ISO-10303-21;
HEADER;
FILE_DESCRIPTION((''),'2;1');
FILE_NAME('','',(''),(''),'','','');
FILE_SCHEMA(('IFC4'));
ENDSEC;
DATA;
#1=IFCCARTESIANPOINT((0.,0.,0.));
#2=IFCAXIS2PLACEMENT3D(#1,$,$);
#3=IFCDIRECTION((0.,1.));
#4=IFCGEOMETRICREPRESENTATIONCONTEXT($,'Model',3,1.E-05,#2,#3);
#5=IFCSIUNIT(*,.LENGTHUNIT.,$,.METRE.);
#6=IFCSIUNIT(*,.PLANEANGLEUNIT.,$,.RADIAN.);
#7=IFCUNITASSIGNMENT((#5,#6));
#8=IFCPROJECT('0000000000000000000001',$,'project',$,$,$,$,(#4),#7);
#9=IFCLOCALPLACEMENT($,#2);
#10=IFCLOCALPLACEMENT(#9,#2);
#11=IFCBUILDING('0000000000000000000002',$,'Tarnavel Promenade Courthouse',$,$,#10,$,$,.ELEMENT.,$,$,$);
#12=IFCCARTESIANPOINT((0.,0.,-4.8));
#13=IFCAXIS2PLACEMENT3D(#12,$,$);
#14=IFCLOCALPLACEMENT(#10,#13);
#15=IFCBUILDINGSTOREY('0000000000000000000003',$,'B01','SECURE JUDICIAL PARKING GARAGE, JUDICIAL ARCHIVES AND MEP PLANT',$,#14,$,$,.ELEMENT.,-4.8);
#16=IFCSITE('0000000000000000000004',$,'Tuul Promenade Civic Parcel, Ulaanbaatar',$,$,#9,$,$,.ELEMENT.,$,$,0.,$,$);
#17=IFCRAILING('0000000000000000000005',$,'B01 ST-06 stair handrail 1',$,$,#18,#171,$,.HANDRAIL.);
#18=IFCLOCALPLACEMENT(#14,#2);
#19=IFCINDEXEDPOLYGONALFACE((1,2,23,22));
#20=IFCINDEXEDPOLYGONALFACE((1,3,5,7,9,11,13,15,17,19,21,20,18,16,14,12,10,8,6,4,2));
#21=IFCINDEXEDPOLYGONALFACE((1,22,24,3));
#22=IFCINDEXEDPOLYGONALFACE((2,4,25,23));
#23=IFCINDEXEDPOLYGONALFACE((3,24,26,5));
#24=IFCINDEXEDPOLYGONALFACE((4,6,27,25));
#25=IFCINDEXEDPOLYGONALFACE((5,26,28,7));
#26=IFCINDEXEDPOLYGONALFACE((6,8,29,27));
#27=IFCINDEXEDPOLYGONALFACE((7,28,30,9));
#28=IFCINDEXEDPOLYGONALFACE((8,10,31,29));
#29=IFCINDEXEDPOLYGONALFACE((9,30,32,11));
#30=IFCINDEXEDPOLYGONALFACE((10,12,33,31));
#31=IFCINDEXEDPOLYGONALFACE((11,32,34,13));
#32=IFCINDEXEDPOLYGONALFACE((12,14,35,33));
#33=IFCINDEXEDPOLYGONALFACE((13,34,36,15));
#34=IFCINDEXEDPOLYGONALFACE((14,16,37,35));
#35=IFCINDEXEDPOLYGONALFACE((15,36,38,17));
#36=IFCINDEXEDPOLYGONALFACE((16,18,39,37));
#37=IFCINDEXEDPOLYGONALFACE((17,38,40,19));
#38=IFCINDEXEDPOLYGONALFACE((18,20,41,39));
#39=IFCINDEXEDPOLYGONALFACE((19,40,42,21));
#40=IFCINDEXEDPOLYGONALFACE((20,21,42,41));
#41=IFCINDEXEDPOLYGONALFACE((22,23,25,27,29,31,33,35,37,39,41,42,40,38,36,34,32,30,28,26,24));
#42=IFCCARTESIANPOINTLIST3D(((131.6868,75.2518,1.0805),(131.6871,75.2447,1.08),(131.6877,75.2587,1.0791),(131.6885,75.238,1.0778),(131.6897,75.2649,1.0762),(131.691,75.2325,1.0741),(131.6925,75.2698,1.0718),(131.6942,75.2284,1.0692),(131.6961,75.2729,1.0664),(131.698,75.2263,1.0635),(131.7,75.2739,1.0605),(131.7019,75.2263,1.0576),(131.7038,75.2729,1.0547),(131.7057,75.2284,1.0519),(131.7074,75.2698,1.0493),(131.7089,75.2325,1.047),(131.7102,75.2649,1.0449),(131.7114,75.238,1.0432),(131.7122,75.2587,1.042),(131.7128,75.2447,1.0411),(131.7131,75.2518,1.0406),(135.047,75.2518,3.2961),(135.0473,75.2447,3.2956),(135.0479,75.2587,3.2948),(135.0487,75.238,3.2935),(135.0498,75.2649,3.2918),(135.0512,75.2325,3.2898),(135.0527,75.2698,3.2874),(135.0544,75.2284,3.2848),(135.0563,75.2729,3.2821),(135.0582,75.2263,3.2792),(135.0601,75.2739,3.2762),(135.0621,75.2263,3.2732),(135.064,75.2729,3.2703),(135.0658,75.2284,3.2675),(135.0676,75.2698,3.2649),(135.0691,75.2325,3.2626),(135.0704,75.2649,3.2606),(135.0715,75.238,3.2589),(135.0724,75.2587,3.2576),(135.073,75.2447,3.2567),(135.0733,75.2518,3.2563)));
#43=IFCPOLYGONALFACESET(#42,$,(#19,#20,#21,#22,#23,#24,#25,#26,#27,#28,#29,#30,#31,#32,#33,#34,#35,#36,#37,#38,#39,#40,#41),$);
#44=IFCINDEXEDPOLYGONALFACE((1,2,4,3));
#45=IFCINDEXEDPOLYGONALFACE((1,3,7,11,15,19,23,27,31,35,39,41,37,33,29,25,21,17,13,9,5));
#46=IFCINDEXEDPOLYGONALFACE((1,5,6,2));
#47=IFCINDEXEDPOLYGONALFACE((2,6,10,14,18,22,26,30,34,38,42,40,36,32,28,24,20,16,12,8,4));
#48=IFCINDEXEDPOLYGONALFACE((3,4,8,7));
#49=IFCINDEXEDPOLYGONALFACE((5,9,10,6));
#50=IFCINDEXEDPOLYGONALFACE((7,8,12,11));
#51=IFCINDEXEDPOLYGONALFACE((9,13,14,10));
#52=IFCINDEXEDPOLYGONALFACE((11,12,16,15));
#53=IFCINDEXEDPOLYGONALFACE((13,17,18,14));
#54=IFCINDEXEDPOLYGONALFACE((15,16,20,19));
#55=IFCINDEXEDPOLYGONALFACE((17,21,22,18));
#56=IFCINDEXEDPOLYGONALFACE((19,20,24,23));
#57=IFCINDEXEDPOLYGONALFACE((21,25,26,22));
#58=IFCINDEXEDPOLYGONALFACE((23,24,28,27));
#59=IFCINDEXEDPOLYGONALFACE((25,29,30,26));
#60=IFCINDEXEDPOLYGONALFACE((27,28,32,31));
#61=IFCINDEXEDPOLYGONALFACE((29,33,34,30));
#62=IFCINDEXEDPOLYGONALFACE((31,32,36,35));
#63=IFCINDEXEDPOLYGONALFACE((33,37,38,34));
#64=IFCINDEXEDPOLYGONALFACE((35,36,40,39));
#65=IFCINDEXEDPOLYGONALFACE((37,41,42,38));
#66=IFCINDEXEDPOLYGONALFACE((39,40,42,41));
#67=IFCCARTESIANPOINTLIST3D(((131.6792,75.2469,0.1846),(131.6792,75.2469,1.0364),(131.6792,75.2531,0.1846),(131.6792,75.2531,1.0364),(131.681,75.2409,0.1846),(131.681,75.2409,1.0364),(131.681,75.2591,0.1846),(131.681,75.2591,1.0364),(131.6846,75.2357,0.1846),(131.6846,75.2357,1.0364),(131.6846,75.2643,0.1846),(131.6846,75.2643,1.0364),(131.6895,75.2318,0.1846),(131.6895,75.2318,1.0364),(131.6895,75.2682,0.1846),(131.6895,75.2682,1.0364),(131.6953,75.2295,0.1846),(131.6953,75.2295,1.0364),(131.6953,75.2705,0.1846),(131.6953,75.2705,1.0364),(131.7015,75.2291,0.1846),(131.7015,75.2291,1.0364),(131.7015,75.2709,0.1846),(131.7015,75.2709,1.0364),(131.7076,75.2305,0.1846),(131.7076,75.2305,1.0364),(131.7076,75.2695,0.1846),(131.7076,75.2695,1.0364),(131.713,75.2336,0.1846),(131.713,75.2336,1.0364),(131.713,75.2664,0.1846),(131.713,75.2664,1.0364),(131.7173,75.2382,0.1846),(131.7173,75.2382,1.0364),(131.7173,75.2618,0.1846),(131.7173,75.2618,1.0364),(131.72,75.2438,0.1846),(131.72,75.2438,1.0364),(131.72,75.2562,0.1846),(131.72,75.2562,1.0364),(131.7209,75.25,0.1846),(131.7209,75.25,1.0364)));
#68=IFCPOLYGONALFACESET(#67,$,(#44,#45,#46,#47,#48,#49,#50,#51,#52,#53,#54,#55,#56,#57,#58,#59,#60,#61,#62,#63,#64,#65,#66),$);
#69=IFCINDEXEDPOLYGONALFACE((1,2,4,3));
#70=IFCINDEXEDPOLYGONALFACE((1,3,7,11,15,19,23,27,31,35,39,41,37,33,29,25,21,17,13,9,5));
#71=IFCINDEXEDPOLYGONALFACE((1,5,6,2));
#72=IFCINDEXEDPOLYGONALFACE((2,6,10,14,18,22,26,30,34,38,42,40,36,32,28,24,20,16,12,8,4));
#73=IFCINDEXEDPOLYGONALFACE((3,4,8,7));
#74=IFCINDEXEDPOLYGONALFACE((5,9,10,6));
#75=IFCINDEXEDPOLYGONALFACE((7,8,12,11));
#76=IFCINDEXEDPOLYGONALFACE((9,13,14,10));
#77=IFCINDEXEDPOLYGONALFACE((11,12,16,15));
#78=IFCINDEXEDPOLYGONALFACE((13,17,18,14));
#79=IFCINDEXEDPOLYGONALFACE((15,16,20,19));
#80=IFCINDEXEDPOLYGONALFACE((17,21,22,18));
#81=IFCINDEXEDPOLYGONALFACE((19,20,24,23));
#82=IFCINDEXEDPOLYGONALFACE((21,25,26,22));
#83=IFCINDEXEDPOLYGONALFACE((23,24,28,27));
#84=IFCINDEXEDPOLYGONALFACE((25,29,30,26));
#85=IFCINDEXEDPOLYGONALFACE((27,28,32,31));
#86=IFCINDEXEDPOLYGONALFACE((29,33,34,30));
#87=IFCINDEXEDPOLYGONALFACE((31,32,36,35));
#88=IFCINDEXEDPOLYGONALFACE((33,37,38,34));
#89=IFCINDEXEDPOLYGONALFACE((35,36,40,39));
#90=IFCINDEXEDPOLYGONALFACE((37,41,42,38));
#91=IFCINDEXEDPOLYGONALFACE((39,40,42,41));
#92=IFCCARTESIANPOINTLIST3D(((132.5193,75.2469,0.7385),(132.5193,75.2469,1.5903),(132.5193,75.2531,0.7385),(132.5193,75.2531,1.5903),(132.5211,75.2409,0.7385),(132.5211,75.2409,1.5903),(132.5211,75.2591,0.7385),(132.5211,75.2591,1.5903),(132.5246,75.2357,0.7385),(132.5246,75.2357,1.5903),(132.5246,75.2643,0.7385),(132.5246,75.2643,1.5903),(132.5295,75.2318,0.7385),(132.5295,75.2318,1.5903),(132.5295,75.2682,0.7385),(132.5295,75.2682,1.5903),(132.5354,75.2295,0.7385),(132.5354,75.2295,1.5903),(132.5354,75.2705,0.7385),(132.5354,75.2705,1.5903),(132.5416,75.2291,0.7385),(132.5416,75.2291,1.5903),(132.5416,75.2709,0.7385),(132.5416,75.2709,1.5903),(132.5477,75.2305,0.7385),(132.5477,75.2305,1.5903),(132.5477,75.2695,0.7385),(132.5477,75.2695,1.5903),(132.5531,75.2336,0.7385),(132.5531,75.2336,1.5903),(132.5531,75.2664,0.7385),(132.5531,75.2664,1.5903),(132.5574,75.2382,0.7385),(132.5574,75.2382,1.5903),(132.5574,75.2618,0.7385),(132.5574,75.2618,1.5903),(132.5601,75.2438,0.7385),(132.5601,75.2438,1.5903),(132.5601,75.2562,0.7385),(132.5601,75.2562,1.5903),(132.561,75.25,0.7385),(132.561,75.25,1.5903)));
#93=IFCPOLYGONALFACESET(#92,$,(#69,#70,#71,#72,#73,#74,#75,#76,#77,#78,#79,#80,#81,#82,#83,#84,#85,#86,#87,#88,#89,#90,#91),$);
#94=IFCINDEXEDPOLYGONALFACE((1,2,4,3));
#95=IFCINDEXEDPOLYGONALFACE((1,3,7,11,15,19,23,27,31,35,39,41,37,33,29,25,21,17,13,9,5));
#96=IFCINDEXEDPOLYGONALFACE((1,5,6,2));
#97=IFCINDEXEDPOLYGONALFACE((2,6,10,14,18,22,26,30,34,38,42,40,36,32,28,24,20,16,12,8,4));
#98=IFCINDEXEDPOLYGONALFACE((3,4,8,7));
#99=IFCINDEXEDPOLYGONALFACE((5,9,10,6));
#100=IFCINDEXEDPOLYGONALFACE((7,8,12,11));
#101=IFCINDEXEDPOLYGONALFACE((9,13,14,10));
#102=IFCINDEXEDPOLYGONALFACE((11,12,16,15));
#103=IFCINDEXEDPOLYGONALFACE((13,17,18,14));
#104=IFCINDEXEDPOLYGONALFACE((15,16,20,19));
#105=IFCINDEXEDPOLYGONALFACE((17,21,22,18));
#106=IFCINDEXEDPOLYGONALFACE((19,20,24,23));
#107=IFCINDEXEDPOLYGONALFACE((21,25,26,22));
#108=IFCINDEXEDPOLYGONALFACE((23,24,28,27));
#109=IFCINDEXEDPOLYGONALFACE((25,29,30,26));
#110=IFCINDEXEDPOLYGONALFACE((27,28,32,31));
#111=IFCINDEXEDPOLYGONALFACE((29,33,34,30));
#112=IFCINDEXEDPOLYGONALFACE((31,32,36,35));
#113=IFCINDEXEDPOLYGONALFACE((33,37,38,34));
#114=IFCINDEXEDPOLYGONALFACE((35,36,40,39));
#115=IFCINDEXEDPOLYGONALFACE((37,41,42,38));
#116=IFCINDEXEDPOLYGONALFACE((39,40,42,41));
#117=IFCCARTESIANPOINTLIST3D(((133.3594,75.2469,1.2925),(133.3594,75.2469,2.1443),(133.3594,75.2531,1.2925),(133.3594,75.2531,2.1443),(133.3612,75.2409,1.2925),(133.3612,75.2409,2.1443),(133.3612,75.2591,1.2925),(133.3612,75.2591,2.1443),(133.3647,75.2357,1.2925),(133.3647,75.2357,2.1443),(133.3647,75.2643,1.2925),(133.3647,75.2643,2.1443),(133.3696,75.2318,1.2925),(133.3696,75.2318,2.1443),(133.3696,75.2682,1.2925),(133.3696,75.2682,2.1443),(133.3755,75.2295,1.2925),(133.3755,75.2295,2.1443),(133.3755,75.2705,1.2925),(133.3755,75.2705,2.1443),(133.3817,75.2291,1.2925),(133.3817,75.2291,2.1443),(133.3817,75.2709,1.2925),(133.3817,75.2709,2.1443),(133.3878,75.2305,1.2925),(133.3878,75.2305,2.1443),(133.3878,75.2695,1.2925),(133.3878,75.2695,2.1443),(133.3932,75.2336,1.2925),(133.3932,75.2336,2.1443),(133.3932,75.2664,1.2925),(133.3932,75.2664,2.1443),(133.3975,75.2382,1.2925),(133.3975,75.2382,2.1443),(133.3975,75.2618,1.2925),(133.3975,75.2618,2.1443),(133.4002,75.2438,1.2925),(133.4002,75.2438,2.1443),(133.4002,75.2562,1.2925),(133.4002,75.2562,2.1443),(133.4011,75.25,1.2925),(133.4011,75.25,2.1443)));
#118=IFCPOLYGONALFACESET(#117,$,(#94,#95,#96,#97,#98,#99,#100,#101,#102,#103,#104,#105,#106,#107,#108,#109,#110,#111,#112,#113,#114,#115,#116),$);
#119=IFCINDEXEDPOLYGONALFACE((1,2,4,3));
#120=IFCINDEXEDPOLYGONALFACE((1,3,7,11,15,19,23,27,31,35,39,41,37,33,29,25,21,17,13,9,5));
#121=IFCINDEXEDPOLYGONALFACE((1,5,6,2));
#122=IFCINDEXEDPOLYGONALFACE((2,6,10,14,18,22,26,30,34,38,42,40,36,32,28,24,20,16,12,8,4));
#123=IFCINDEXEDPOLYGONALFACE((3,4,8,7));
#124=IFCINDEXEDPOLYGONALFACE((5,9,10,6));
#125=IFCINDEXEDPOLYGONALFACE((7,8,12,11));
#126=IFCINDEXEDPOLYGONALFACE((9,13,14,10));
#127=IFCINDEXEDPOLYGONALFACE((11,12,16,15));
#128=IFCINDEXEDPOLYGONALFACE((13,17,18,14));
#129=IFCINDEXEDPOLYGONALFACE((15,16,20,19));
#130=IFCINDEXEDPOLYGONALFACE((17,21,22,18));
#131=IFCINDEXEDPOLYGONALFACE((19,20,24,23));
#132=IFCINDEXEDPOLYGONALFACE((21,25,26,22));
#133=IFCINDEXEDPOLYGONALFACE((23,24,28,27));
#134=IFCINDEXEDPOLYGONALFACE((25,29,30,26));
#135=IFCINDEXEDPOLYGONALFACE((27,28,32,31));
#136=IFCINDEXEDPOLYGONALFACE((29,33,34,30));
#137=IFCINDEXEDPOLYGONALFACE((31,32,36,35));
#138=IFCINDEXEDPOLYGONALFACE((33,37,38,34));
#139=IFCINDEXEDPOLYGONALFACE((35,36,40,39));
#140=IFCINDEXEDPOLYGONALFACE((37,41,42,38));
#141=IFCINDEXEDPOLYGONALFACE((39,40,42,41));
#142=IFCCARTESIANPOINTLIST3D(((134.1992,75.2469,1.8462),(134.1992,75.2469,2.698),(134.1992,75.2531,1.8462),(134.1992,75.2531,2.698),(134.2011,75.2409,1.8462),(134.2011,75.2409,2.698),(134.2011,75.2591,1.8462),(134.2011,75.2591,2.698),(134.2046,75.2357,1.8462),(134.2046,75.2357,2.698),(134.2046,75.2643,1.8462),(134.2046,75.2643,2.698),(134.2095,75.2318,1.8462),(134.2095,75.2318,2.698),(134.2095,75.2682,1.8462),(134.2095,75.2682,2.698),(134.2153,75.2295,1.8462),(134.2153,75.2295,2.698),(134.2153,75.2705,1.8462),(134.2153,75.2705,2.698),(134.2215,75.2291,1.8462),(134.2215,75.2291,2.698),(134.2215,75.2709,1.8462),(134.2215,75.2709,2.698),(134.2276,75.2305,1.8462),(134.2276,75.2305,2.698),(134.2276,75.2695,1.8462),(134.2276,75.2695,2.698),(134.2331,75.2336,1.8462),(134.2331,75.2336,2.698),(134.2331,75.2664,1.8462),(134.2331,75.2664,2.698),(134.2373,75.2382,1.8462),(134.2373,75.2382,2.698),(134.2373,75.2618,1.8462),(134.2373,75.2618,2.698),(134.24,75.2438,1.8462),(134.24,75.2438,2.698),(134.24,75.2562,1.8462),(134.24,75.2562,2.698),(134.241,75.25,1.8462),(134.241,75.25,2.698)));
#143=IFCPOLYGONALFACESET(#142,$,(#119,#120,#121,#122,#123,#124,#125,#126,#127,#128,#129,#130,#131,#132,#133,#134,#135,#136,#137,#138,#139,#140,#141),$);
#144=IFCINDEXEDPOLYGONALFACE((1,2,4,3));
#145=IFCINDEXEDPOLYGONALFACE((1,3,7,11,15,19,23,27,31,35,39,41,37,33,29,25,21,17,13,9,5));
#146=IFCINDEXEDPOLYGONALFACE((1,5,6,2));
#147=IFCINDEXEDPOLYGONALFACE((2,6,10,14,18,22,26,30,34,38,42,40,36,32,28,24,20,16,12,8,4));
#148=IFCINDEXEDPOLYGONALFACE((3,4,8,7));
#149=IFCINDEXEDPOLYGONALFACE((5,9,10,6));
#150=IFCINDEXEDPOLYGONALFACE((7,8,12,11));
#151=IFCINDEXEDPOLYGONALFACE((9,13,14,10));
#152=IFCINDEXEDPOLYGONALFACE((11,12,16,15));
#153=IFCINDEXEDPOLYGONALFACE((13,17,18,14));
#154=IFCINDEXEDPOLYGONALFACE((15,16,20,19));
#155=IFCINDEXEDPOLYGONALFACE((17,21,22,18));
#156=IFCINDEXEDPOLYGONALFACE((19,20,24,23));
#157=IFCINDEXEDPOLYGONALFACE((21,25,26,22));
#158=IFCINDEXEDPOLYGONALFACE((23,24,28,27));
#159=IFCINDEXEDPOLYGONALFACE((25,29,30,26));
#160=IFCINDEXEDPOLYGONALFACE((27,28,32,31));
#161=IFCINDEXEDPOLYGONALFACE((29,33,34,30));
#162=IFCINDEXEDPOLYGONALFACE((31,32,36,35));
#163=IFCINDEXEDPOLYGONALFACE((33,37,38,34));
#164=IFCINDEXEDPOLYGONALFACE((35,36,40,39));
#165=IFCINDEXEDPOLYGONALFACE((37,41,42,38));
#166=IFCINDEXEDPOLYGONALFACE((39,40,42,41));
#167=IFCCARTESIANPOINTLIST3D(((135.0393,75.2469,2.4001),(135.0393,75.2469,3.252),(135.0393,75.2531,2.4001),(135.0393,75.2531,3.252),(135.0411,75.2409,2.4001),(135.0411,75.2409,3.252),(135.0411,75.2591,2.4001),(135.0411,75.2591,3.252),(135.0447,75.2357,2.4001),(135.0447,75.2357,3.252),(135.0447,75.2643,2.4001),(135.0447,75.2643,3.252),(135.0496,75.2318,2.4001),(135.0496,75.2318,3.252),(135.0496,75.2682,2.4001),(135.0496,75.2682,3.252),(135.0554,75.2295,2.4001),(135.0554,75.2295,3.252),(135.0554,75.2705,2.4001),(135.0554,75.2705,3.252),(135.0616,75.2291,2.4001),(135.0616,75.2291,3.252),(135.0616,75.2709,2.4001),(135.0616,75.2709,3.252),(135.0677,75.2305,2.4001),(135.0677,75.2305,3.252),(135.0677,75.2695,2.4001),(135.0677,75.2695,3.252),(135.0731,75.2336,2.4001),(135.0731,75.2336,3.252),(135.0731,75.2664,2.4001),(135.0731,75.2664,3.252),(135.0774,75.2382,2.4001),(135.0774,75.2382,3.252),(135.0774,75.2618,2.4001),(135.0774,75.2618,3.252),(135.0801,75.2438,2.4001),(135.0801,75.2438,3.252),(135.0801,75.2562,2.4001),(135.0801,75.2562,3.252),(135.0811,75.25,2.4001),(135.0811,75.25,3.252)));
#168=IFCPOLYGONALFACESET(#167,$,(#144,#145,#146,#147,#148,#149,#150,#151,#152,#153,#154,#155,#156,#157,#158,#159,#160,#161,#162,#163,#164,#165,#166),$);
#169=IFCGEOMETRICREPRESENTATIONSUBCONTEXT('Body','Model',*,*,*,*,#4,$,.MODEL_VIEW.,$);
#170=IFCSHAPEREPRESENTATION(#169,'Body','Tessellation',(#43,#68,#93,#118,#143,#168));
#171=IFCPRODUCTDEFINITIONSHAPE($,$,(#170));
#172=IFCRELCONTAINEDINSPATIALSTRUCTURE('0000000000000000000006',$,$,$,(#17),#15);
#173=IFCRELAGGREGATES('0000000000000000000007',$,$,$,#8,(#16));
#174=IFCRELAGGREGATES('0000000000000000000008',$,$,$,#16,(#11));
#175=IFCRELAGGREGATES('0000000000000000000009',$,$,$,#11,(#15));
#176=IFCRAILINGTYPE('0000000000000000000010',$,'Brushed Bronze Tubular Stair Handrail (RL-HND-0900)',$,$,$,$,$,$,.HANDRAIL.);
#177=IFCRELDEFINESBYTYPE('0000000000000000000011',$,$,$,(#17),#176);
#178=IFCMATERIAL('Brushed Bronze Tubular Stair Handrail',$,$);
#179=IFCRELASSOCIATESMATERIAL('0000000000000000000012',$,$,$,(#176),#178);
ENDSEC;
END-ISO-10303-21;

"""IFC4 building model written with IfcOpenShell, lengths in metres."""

from ifc_helpers import new_model, si_unit, direction, frame, origin, origin_2d, place, context, subcontext, project, spatial, circle, extrude, material, type_object, element, save


model = new_model("IFC4")

# Units and contexts
model_context = context("Model", 3, precision=1e-05, world=origin(), true_north=direction((0.0, 1.0)))
body_context = subcontext(model_context, "Body", "Model", "MODEL_VIEW")
ifc_project = project(units=[si_unit("LENGTHUNIT", "METRE"), si_unit("PLANEANGLEUNIT", "RADIAN")], contexts=[model_context])

# Site, building, storey
site_placement = place(None, origin())
site = spatial("IfcSite", under=ifc_project, at=site_placement, Name="Tuul Promenade Civic Parcel, Ulaanbaatar", CompositionType="ELEMENT", RefElevation=0.0)
building_placement = place(site_placement, origin())
building = spatial("IfcBuilding", under=site, at=building_placement, Name="Tarnavel Promenade Courthouse", CompositionType="ELEMENT")
storey_placement = place(building_placement, frame((0.0, 0.0, -4.8)))
storey = spatial("IfcBuildingStorey", under=building, at=storey_placement, Name="B01", Description="SECURE JUDICIAL PARKING GARAGE, JUDICIAL ARCHIVES AND MEP PLANT", CompositionType="ELEMENT", Elevation=-4.8)

# Railing
ifc_material_1 = material(Name="Brushed Bronze Tubular Stair Handrail")
railing_type_1 = type_object("IfcRailingType", Name="Brushed Bronze Tubular Stair Handrail (RL-HND-0900)", PredefinedType="HANDRAIL", material=ifc_material_1)
railing_1_placement = place(storey_placement, frame((131.7, 75.25, 0.1846)))
element("IfcRailing", 1, at=railing_1_placement, inside=storey, type_object=railing_type_1, Name="B01 ST-06 stair handrail 1", PredefinedType="HANDRAIL", context=body_context, shape_type="SweptSolid", body=[
    extrude(circle(Radius=0.0239, at=origin_2d()), frame((0.0, 0.0, 0.876), z_axis=(0.834849, 0.0, 0.55048), x_axis=(0.0, 1.0, 0.0)), (0.0, 0.0, 1.0), 4.0249),
    extrude(circle(Radius=0.021, at=origin_2d()), origin(), (0.0, 0.0, 1.0), 0.8518),
    extrude(circle(Radius=0.021, at=origin_2d()), frame((0.8401, 0.0, 0.554)), (0.0, 0.0, 1.0), 0.8518),
    extrude(circle(Radius=0.021, at=origin_2d()), frame((1.6802, 0.0, 1.1079)), (0.0, 0.0, 1.0), 0.8518),
    extrude(circle(Radius=0.021, at=origin_2d()), frame((2.52, 0.0, 1.6616)), (0.0, 0.0, 1.0), 0.8518),
    extrude(circle(Radius=0.021, at=origin_2d()), frame((3.3601, 0.0, 2.2156)), (0.0, 0.0, 1.0), 0.8518),
])

save(model, "model.ifc")
